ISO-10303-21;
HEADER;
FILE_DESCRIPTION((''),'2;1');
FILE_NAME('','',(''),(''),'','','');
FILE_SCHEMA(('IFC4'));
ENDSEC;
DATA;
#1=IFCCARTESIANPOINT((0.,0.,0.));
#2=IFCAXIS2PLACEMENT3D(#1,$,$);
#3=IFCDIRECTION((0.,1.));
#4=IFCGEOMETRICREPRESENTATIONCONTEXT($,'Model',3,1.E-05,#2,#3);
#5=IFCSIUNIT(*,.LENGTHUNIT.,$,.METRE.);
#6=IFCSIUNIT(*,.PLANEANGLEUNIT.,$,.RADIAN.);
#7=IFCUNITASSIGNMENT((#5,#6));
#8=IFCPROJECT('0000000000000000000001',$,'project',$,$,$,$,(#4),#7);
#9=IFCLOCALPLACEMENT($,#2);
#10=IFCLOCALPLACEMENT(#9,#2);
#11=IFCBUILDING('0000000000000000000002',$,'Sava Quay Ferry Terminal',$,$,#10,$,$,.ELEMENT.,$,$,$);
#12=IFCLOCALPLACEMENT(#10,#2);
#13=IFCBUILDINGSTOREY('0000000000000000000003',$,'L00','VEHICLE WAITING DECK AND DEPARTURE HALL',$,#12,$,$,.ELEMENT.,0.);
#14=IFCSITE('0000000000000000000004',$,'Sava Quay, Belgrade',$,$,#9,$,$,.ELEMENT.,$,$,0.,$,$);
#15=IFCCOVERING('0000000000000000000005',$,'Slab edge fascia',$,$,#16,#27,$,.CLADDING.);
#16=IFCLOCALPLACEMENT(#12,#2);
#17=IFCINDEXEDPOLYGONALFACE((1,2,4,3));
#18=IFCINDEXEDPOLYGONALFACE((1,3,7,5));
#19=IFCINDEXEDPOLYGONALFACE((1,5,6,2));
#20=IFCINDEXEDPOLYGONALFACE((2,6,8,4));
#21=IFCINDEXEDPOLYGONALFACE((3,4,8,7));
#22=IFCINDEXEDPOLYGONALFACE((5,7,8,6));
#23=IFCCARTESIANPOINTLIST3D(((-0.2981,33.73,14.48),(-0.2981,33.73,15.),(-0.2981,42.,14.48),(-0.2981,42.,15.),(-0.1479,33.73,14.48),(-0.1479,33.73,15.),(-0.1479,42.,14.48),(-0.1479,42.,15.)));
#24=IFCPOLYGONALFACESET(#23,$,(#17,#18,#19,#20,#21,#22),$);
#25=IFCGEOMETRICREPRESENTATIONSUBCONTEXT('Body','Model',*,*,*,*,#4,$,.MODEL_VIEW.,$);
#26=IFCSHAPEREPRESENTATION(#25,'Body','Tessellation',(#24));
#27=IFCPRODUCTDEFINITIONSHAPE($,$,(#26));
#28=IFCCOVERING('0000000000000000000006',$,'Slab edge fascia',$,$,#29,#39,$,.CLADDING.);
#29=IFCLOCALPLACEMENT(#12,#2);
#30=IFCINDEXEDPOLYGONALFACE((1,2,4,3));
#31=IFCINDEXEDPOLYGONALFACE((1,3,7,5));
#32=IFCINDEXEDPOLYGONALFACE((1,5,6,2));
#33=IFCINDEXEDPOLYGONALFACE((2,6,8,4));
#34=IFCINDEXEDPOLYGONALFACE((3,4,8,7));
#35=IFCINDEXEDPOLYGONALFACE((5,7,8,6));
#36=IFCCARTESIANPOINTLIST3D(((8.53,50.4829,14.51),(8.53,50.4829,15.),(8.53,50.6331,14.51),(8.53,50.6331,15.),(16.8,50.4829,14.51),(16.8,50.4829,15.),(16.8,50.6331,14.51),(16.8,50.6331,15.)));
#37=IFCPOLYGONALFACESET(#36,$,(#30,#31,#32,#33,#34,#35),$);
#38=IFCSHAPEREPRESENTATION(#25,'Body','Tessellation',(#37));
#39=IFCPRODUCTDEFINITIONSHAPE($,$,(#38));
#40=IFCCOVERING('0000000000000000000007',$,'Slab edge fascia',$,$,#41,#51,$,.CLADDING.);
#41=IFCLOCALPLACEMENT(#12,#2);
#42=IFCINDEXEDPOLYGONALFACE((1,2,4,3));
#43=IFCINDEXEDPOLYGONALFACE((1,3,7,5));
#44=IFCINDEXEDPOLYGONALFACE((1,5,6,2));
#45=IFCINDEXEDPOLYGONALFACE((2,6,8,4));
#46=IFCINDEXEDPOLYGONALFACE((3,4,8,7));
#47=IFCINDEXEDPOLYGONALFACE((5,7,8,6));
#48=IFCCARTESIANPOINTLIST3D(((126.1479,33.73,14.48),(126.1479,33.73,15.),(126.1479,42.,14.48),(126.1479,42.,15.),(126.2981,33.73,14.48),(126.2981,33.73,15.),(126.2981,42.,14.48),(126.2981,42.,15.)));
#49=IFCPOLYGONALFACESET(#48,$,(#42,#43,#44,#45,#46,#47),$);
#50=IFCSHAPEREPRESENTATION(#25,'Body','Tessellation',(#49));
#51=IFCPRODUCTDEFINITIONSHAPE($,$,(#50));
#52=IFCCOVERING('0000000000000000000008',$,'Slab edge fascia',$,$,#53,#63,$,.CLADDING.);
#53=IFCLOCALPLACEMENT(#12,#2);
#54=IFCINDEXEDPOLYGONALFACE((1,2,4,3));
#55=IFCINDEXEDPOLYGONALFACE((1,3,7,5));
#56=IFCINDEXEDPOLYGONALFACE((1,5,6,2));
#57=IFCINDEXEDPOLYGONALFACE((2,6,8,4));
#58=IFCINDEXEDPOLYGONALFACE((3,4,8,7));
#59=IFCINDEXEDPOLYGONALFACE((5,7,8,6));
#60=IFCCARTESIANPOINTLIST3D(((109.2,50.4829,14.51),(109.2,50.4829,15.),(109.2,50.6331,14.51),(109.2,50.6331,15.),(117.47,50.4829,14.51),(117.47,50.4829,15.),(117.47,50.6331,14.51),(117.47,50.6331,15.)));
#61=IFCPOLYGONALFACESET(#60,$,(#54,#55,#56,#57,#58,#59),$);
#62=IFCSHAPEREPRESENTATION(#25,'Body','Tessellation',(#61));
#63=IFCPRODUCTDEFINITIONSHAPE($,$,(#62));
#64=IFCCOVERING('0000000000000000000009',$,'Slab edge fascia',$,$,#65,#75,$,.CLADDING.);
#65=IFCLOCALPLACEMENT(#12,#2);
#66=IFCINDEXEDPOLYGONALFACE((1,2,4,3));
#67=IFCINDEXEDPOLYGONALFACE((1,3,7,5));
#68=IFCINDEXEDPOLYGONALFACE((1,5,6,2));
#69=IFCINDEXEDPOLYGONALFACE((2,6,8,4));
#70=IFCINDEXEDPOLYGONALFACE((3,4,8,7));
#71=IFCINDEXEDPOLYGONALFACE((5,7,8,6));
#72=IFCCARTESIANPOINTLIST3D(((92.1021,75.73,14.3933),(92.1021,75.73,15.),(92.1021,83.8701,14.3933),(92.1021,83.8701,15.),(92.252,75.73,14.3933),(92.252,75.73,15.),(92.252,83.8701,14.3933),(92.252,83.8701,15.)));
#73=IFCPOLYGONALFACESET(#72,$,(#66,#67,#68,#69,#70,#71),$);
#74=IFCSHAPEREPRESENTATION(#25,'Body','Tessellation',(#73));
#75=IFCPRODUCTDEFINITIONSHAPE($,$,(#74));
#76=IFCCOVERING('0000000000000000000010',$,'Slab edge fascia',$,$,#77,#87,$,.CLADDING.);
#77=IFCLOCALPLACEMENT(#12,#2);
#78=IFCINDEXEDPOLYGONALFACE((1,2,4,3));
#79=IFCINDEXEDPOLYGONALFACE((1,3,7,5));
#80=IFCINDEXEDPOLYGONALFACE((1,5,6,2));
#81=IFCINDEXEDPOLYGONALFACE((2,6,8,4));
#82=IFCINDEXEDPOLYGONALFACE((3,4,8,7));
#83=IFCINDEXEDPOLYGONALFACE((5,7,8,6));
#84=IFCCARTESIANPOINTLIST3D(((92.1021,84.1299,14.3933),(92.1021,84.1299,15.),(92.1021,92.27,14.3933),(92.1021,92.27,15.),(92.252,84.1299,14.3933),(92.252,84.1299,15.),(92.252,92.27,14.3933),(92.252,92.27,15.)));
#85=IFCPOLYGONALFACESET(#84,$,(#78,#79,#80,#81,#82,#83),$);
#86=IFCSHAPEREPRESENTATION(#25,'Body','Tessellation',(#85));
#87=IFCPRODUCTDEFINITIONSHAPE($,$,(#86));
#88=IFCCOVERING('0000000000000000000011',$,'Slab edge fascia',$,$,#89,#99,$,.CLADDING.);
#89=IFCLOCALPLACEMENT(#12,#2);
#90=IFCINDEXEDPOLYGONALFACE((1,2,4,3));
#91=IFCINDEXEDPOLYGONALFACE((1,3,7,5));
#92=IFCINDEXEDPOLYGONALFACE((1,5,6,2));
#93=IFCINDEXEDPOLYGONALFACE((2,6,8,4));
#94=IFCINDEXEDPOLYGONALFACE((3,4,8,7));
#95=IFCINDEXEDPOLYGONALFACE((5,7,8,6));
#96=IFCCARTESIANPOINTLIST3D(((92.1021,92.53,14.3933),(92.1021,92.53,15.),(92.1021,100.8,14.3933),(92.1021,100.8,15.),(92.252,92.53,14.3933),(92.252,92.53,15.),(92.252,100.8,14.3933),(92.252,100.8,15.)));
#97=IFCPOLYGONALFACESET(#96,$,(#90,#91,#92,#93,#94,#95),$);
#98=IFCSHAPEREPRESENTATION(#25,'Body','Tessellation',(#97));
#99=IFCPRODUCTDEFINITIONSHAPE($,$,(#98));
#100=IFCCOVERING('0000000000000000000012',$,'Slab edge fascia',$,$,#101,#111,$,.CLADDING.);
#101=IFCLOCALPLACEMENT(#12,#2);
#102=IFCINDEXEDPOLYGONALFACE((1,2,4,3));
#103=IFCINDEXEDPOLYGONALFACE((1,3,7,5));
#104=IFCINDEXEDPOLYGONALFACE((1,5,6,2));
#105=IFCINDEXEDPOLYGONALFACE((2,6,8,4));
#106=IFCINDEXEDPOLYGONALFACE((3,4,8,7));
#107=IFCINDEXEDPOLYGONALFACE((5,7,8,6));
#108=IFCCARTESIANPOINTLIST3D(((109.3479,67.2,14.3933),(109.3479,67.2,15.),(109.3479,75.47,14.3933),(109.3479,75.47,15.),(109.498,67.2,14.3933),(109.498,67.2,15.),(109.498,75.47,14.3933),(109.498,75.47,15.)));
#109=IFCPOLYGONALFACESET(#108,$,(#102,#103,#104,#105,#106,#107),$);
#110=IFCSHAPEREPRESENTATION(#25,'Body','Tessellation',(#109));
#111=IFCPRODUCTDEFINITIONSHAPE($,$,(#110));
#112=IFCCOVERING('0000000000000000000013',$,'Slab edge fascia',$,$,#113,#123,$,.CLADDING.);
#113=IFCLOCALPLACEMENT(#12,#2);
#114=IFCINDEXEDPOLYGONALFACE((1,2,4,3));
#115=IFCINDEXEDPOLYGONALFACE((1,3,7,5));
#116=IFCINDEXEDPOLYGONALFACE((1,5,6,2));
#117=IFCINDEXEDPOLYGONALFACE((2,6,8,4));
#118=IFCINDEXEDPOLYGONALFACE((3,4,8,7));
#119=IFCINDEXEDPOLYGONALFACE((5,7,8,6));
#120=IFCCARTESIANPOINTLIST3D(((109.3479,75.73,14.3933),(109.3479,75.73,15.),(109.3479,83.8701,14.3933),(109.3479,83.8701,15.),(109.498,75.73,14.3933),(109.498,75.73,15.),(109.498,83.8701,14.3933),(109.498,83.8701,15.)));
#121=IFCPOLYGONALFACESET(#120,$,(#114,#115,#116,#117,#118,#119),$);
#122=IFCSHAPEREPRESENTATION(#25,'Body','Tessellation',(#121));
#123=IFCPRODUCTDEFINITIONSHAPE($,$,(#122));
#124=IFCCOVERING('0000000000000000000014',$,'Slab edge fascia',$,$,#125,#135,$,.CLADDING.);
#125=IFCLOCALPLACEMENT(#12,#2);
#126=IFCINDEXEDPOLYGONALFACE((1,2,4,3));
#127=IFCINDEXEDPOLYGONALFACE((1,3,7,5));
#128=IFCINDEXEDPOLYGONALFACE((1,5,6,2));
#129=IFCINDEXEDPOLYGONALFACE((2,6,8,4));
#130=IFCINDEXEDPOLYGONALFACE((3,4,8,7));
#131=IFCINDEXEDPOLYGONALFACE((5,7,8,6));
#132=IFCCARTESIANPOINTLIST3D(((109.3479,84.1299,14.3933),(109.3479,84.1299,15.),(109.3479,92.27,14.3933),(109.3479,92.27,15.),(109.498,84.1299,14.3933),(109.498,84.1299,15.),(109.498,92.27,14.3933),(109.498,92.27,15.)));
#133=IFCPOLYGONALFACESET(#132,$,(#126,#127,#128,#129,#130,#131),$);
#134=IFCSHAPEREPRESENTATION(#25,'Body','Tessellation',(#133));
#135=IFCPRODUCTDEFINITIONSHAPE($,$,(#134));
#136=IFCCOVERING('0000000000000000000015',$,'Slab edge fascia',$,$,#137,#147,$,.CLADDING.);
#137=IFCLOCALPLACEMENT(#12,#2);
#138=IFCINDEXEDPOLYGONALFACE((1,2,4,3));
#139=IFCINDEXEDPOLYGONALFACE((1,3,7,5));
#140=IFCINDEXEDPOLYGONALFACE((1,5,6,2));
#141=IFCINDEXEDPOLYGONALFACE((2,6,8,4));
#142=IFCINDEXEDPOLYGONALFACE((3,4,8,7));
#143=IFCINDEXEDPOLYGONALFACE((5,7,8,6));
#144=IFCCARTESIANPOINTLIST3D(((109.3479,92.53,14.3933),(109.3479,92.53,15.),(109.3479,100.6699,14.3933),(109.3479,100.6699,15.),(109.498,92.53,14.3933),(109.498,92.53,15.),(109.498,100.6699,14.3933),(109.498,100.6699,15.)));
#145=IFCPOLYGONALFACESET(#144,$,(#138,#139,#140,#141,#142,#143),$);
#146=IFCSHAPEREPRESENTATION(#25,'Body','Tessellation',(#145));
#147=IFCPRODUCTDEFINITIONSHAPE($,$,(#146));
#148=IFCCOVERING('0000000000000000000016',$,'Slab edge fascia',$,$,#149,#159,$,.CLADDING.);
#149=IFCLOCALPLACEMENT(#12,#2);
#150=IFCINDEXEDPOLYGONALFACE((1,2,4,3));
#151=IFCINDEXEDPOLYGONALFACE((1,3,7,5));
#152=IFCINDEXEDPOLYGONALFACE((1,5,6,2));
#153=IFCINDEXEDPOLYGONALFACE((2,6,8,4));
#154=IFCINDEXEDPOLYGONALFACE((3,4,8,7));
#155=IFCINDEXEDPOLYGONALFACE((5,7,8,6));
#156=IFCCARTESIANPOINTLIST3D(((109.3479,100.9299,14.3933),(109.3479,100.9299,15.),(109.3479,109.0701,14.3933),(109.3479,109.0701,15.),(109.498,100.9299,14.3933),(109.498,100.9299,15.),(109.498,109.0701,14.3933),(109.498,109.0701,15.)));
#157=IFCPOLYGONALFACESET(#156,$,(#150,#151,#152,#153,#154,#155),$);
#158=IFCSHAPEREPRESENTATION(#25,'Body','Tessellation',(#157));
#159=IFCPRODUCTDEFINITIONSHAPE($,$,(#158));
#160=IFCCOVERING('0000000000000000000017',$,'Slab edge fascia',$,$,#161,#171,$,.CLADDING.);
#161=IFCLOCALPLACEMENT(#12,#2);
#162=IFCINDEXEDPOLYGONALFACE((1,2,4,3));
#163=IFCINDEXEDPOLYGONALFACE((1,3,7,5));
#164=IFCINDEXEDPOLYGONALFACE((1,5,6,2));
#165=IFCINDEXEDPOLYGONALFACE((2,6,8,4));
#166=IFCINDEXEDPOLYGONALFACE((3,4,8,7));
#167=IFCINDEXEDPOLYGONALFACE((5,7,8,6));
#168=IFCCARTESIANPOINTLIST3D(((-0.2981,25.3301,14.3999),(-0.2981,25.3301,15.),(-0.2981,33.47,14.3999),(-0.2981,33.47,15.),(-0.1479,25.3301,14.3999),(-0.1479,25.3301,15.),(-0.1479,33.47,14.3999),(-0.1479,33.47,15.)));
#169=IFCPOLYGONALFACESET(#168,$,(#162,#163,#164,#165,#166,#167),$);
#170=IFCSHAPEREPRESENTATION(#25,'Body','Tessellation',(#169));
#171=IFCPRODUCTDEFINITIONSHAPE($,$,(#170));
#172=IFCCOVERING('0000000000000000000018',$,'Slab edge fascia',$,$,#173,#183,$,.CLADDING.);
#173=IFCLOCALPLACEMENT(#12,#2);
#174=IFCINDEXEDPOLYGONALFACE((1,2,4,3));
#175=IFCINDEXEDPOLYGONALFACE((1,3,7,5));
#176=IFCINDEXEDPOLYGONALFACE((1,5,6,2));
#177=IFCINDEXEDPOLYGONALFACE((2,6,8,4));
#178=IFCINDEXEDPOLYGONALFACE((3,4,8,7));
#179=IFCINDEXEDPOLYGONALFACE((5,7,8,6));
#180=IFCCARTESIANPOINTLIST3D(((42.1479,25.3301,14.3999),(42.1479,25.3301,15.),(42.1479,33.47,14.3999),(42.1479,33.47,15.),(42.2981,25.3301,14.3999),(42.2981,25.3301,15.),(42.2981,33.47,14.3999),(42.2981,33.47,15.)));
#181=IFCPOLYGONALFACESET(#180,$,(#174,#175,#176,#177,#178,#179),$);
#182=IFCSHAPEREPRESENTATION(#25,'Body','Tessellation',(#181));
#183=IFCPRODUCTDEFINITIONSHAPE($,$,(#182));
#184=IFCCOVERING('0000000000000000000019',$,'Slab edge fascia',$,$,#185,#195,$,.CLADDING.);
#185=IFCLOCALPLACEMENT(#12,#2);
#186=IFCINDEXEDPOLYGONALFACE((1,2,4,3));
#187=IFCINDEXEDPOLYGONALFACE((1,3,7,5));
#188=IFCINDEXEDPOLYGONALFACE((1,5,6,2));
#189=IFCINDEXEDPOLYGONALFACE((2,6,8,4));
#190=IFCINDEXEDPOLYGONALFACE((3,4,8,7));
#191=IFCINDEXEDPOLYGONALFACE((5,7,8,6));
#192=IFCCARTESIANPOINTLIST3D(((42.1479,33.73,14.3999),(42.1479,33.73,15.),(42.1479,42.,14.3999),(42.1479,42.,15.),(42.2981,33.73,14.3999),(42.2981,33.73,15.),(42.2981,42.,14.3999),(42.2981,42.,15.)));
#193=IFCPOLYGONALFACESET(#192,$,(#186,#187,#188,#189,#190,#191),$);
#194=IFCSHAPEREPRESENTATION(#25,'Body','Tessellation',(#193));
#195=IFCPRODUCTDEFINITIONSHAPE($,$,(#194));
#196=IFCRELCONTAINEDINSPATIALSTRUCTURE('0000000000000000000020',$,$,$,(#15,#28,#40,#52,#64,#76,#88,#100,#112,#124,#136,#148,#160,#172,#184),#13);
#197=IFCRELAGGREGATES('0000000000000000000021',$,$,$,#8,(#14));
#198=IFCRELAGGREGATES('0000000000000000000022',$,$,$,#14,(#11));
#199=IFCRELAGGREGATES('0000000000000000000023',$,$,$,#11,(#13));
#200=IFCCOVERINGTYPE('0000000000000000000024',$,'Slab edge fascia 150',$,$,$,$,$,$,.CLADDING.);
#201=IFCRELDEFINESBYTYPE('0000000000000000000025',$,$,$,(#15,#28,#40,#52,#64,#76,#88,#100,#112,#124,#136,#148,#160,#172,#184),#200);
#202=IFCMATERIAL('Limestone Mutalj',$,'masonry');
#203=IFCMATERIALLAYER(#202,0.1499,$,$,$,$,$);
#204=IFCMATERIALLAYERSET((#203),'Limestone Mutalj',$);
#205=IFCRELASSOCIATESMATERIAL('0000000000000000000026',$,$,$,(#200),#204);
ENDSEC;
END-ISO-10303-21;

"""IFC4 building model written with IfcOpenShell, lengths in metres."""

from ifc_helpers import new_model, si_unit, direction, frame, origin, place, context, subcontext, project, spatial, polyline, outline, extrude, material, layer, layer_set, type_object, element, save


model = new_model("IFC4")

# Units and contexts
model_context = context("Model", 3, precision=1e-05, world=origin(), true_north=direction((0.0, 1.0)))
body_context = subcontext(model_context, "Body", "Model", "MODEL_VIEW")
ifc_project = project(units=[si_unit("LENGTHUNIT", "METRE"), si_unit("PLANEANGLEUNIT", "RADIAN")], contexts=[model_context])

# Site, building, storey
site_placement = place(None, origin())
site = spatial("IfcSite", under=ifc_project, at=site_placement, Name="Sava Quay, Belgrade", CompositionType="ELEMENT", RefElevation=0.0)
building_placement = place(site_placement, origin())
building = spatial("IfcBuilding", under=site, at=building_placement, Name="Sava Quay Ferry Terminal", CompositionType="ELEMENT")
storey_placement = place(building_placement, origin())
storey = spatial("IfcBuildingStorey", under=building, at=storey_placement, Name="L00", Description="VEHICLE WAITING DECK AND DEPARTURE HALL", CompositionType="ELEMENT", Elevation=0.0)

# Coverings
ifc_material_1 = material(Name="Limestone Mutalj", Category="masonry")
ifc_layer = layer(ifc_material_1, 0.1499)
ifc_layer_set = layer_set([ifc_layer], Name="Limestone Mutalj")
covering_type = type_object("IfcCoveringType", Name="Slab edge fascia 150", PredefinedType="CLADDING", material=ifc_layer_set)
covering_1_placement = place(storey_placement, frame((0.0, 0.0, 14.48)))
element("IfcCovering", 1, at=covering_1_placement, inside=storey, type_object=covering_type, Name="Slab edge fascia", PredefinedType="CLADDING", context=body_context, shape_type="SweptSolid", body=[
    extrude(outline(polyline([(-0.2981, 33.73), (-0.1479, 33.73), (-0.1479, 42.0), (-0.2981, 42.0), (-0.2981, 33.73)])), origin(), (0.0, 0.0, 1.0), 0.52),
])
covering_2_placement = place(storey_placement, frame((0.0, 0.0, 14.51)))
element("IfcCovering", 2, at=covering_2_placement, inside=storey, type_object=covering_type, Name="Slab edge fascia", PredefinedType="CLADDING", context=body_context, shape_type="SweptSolid", body=[
    extrude(outline(polyline([(8.53, 50.4829), (16.8, 50.4829), (16.8, 50.6331), (8.53, 50.6331), (8.53, 50.4829)])), origin(), (0.0, 0.0, 1.0), 0.49),
])
covering_3_placement = place(storey_placement, frame((0.0, 0.0, 14.48)))
element("IfcCovering", 3, at=covering_3_placement, inside=storey, type_object=covering_type, Name="Slab edge fascia", PredefinedType="CLADDING", context=body_context, shape_type="SweptSolid", body=[
    extrude(outline(polyline([(126.1479, 42.0), (126.1479, 33.73), (126.2981, 33.73), (126.2981, 42.0), (126.1479, 42.0)])), origin(), (0.0, 0.0, 1.0), 0.52),
])
covering_4_placement = place(storey_placement, frame((0.0, 0.0, 14.51)))
element("IfcCovering", 4, at=covering_4_placement, inside=storey, type_object=covering_type, Name="Slab edge fascia", PredefinedType="CLADDING", context=body_context, shape_type="SweptSolid", body=[
    extrude(outline(polyline([(109.2, 50.6331), (109.2, 50.4829), (117.47, 50.4829), (117.47, 50.6331), (109.2, 50.6331)])), origin(), (0.0, 0.0, 1.0), 0.49),
])
covering_5_placement = place(storey_placement, frame((0.0, 0.0, 14.3933)))
element("IfcCovering", 5, at=covering_5_placement, inside=storey, type_object=covering_type, Name="Slab edge fascia", PredefinedType="CLADDING", context=body_context, shape_type="SweptSolid", body=[
    extrude(outline(polyline([(92.1021, 75.73), (92.252, 75.73), (92.252, 83.8701), (92.1021, 83.8701), (92.1021, 75.73)])), origin(), (0.0, 0.0, 1.0), 0.6067),
])
covering_6_placement = place(storey_placement, frame((0.0, 0.0, 14.3933)))
element("IfcCovering", 6, at=covering_6_placement, inside=storey, type_object=covering_type, Name="Slab edge fascia", PredefinedType="CLADDING", context=body_context, shape_type="SweptSolid", body=[
    extrude(outline(polyline([(92.1021, 84.1299), (92.252, 84.1299), (92.252, 92.27), (92.1021, 92.27), (92.1021, 84.1299)])), origin(), (0.0, 0.0, 1.0), 0.6067),
])
covering_7_placement = place(storey_placement, frame((0.0, 0.0, 14.3933)))
element("IfcCovering", 7, at=covering_7_placement, inside=storey, type_object=covering_type, Name="Slab edge fascia", PredefinedType="CLADDING", context=body_context, shape_type="SweptSolid", body=[
    extrude(outline(polyline([(92.1021, 92.53), (92.252, 92.53), (92.252, 100.8), (92.1021, 100.8), (92.1021, 92.53)])), origin(), (0.0, 0.0, 1.0), 0.6067),
])
covering_8_placement = place(storey_placement, frame((0.0, 0.0, 14.3933)))
element("IfcCovering", 8, at=covering_8_placement, inside=storey, type_object=covering_type, Name="Slab edge fascia", PredefinedType="CLADDING", context=body_context, shape_type="SweptSolid", body=[
    extrude(outline(polyline([(109.3479, 75.47), (109.3479, 67.2), (109.498, 67.2), (109.498, 75.47), (109.3479, 75.47)])), origin(), (0.0, 0.0, 1.0), 0.6067),
])
covering_9_placement = place(storey_placement, frame((0.0, 0.0, 14.3933)))
element("IfcCovering", 9, at=covering_9_placement, inside=storey, type_object=covering_type, Name="Slab edge fascia", PredefinedType="CLADDING", context=body_context, shape_type="SweptSolid", body=[
    extrude(outline(polyline([(109.3479, 83.8701), (109.3479, 75.73), (109.498, 75.73), (109.498, 83.8701), (109.3479, 83.8701)])), origin(), (0.0, 0.0, 1.0), 0.6067),
])
covering_10_placement = place(storey_placement, frame((0.0, 0.0, 14.3933)))
element("IfcCovering", 10, at=covering_10_placement, inside=storey, type_object=covering_type, Name="Slab edge fascia", PredefinedType="CLADDING", context=body_context, shape_type="SweptSolid", body=[
    extrude(outline(polyline([(109.3479, 92.27), (109.3479, 84.1299), (109.498, 84.1299), (109.498, 92.27), (109.3479, 92.27)])), origin(), (0.0, 0.0, 1.0), 0.6067),
])
covering_11_placement = place(storey_placement, frame((0.0, 0.0, 14.3933)))
element("IfcCovering", 11, at=covering_11_placement, inside=storey, type_object=covering_type, Name="Slab edge fascia", PredefinedType="CLADDING", context=body_context, shape_type="SweptSolid", body=[
    extrude(outline(polyline([(109.3479, 100.6699), (109.3479, 92.53), (109.498, 92.53), (109.498, 100.6699), (109.3479, 100.6699)])), origin(), (0.0, 0.0, 1.0), 0.6067),
])
covering_12_placement = place(storey_placement, frame((0.0, 0.0, 14.3933)))
element("IfcCovering", 12, at=covering_12_placement, inside=storey, type_object=covering_type, Name="Slab edge fascia", PredefinedType="CLADDING", context=body_context, shape_type="SweptSolid", body=[
    extrude(outline(polyline([(109.3479, 109.0701), (109.3479, 100.9299), (109.498, 100.9299), (109.498, 109.0701), (109.3479, 109.0701)])), origin(), (0.0, 0.0, 1.0), 0.6067),
])
covering_13_placement = place(storey_placement, frame((0.0, 0.0, 14.3999)))
element("IfcCovering", 13, at=covering_13_placement, inside=storey, type_object=covering_type, Name="Slab edge fascia", PredefinedType="CLADDING", context=body_context, shape_type="SweptSolid", body=[
    extrude(outline(polyline([(-0.2981, 25.3301), (-0.1479, 25.3301), (-0.1479, 33.47), (-0.2981, 33.47), (-0.2981, 25.3301)])), origin(), (0.0, 0.0, 1.0), 0.6001),
])
covering_14_placement = place(storey_placement, frame((0.0, 0.0, 14.3999)))
element("IfcCovering", 14, at=covering_14_placement, inside=storey, type_object=covering_type, Name="Slab edge fascia", PredefinedType="CLADDING", context=body_context, shape_type="SweptSolid", body=[
    extrude(outline(polyline([(42.1479, 33.47), (42.1479, 25.3301), (42.2981, 25.3301), (42.2981, 33.47), (42.1479, 33.47)])), origin(), (0.0, 0.0, 1.0), 0.6001),
])
covering_15_placement = place(storey_placement, frame((0.0, 0.0, 14.3999)))
element("IfcCovering", 15, at=covering_15_placement, inside=storey, type_object=covering_type, Name="Slab edge fascia", PredefinedType="CLADDING", context=body_context, shape_type="SweptSolid", body=[
    extrude(outline(polyline([(42.1479, 42.0), (42.1479, 33.73), (42.2981, 33.73), (42.2981, 42.0), (42.1479, 42.0)])), origin(), (0.0, 0.0, 1.0), 0.6001),
])

save(model, "model.ifc")
